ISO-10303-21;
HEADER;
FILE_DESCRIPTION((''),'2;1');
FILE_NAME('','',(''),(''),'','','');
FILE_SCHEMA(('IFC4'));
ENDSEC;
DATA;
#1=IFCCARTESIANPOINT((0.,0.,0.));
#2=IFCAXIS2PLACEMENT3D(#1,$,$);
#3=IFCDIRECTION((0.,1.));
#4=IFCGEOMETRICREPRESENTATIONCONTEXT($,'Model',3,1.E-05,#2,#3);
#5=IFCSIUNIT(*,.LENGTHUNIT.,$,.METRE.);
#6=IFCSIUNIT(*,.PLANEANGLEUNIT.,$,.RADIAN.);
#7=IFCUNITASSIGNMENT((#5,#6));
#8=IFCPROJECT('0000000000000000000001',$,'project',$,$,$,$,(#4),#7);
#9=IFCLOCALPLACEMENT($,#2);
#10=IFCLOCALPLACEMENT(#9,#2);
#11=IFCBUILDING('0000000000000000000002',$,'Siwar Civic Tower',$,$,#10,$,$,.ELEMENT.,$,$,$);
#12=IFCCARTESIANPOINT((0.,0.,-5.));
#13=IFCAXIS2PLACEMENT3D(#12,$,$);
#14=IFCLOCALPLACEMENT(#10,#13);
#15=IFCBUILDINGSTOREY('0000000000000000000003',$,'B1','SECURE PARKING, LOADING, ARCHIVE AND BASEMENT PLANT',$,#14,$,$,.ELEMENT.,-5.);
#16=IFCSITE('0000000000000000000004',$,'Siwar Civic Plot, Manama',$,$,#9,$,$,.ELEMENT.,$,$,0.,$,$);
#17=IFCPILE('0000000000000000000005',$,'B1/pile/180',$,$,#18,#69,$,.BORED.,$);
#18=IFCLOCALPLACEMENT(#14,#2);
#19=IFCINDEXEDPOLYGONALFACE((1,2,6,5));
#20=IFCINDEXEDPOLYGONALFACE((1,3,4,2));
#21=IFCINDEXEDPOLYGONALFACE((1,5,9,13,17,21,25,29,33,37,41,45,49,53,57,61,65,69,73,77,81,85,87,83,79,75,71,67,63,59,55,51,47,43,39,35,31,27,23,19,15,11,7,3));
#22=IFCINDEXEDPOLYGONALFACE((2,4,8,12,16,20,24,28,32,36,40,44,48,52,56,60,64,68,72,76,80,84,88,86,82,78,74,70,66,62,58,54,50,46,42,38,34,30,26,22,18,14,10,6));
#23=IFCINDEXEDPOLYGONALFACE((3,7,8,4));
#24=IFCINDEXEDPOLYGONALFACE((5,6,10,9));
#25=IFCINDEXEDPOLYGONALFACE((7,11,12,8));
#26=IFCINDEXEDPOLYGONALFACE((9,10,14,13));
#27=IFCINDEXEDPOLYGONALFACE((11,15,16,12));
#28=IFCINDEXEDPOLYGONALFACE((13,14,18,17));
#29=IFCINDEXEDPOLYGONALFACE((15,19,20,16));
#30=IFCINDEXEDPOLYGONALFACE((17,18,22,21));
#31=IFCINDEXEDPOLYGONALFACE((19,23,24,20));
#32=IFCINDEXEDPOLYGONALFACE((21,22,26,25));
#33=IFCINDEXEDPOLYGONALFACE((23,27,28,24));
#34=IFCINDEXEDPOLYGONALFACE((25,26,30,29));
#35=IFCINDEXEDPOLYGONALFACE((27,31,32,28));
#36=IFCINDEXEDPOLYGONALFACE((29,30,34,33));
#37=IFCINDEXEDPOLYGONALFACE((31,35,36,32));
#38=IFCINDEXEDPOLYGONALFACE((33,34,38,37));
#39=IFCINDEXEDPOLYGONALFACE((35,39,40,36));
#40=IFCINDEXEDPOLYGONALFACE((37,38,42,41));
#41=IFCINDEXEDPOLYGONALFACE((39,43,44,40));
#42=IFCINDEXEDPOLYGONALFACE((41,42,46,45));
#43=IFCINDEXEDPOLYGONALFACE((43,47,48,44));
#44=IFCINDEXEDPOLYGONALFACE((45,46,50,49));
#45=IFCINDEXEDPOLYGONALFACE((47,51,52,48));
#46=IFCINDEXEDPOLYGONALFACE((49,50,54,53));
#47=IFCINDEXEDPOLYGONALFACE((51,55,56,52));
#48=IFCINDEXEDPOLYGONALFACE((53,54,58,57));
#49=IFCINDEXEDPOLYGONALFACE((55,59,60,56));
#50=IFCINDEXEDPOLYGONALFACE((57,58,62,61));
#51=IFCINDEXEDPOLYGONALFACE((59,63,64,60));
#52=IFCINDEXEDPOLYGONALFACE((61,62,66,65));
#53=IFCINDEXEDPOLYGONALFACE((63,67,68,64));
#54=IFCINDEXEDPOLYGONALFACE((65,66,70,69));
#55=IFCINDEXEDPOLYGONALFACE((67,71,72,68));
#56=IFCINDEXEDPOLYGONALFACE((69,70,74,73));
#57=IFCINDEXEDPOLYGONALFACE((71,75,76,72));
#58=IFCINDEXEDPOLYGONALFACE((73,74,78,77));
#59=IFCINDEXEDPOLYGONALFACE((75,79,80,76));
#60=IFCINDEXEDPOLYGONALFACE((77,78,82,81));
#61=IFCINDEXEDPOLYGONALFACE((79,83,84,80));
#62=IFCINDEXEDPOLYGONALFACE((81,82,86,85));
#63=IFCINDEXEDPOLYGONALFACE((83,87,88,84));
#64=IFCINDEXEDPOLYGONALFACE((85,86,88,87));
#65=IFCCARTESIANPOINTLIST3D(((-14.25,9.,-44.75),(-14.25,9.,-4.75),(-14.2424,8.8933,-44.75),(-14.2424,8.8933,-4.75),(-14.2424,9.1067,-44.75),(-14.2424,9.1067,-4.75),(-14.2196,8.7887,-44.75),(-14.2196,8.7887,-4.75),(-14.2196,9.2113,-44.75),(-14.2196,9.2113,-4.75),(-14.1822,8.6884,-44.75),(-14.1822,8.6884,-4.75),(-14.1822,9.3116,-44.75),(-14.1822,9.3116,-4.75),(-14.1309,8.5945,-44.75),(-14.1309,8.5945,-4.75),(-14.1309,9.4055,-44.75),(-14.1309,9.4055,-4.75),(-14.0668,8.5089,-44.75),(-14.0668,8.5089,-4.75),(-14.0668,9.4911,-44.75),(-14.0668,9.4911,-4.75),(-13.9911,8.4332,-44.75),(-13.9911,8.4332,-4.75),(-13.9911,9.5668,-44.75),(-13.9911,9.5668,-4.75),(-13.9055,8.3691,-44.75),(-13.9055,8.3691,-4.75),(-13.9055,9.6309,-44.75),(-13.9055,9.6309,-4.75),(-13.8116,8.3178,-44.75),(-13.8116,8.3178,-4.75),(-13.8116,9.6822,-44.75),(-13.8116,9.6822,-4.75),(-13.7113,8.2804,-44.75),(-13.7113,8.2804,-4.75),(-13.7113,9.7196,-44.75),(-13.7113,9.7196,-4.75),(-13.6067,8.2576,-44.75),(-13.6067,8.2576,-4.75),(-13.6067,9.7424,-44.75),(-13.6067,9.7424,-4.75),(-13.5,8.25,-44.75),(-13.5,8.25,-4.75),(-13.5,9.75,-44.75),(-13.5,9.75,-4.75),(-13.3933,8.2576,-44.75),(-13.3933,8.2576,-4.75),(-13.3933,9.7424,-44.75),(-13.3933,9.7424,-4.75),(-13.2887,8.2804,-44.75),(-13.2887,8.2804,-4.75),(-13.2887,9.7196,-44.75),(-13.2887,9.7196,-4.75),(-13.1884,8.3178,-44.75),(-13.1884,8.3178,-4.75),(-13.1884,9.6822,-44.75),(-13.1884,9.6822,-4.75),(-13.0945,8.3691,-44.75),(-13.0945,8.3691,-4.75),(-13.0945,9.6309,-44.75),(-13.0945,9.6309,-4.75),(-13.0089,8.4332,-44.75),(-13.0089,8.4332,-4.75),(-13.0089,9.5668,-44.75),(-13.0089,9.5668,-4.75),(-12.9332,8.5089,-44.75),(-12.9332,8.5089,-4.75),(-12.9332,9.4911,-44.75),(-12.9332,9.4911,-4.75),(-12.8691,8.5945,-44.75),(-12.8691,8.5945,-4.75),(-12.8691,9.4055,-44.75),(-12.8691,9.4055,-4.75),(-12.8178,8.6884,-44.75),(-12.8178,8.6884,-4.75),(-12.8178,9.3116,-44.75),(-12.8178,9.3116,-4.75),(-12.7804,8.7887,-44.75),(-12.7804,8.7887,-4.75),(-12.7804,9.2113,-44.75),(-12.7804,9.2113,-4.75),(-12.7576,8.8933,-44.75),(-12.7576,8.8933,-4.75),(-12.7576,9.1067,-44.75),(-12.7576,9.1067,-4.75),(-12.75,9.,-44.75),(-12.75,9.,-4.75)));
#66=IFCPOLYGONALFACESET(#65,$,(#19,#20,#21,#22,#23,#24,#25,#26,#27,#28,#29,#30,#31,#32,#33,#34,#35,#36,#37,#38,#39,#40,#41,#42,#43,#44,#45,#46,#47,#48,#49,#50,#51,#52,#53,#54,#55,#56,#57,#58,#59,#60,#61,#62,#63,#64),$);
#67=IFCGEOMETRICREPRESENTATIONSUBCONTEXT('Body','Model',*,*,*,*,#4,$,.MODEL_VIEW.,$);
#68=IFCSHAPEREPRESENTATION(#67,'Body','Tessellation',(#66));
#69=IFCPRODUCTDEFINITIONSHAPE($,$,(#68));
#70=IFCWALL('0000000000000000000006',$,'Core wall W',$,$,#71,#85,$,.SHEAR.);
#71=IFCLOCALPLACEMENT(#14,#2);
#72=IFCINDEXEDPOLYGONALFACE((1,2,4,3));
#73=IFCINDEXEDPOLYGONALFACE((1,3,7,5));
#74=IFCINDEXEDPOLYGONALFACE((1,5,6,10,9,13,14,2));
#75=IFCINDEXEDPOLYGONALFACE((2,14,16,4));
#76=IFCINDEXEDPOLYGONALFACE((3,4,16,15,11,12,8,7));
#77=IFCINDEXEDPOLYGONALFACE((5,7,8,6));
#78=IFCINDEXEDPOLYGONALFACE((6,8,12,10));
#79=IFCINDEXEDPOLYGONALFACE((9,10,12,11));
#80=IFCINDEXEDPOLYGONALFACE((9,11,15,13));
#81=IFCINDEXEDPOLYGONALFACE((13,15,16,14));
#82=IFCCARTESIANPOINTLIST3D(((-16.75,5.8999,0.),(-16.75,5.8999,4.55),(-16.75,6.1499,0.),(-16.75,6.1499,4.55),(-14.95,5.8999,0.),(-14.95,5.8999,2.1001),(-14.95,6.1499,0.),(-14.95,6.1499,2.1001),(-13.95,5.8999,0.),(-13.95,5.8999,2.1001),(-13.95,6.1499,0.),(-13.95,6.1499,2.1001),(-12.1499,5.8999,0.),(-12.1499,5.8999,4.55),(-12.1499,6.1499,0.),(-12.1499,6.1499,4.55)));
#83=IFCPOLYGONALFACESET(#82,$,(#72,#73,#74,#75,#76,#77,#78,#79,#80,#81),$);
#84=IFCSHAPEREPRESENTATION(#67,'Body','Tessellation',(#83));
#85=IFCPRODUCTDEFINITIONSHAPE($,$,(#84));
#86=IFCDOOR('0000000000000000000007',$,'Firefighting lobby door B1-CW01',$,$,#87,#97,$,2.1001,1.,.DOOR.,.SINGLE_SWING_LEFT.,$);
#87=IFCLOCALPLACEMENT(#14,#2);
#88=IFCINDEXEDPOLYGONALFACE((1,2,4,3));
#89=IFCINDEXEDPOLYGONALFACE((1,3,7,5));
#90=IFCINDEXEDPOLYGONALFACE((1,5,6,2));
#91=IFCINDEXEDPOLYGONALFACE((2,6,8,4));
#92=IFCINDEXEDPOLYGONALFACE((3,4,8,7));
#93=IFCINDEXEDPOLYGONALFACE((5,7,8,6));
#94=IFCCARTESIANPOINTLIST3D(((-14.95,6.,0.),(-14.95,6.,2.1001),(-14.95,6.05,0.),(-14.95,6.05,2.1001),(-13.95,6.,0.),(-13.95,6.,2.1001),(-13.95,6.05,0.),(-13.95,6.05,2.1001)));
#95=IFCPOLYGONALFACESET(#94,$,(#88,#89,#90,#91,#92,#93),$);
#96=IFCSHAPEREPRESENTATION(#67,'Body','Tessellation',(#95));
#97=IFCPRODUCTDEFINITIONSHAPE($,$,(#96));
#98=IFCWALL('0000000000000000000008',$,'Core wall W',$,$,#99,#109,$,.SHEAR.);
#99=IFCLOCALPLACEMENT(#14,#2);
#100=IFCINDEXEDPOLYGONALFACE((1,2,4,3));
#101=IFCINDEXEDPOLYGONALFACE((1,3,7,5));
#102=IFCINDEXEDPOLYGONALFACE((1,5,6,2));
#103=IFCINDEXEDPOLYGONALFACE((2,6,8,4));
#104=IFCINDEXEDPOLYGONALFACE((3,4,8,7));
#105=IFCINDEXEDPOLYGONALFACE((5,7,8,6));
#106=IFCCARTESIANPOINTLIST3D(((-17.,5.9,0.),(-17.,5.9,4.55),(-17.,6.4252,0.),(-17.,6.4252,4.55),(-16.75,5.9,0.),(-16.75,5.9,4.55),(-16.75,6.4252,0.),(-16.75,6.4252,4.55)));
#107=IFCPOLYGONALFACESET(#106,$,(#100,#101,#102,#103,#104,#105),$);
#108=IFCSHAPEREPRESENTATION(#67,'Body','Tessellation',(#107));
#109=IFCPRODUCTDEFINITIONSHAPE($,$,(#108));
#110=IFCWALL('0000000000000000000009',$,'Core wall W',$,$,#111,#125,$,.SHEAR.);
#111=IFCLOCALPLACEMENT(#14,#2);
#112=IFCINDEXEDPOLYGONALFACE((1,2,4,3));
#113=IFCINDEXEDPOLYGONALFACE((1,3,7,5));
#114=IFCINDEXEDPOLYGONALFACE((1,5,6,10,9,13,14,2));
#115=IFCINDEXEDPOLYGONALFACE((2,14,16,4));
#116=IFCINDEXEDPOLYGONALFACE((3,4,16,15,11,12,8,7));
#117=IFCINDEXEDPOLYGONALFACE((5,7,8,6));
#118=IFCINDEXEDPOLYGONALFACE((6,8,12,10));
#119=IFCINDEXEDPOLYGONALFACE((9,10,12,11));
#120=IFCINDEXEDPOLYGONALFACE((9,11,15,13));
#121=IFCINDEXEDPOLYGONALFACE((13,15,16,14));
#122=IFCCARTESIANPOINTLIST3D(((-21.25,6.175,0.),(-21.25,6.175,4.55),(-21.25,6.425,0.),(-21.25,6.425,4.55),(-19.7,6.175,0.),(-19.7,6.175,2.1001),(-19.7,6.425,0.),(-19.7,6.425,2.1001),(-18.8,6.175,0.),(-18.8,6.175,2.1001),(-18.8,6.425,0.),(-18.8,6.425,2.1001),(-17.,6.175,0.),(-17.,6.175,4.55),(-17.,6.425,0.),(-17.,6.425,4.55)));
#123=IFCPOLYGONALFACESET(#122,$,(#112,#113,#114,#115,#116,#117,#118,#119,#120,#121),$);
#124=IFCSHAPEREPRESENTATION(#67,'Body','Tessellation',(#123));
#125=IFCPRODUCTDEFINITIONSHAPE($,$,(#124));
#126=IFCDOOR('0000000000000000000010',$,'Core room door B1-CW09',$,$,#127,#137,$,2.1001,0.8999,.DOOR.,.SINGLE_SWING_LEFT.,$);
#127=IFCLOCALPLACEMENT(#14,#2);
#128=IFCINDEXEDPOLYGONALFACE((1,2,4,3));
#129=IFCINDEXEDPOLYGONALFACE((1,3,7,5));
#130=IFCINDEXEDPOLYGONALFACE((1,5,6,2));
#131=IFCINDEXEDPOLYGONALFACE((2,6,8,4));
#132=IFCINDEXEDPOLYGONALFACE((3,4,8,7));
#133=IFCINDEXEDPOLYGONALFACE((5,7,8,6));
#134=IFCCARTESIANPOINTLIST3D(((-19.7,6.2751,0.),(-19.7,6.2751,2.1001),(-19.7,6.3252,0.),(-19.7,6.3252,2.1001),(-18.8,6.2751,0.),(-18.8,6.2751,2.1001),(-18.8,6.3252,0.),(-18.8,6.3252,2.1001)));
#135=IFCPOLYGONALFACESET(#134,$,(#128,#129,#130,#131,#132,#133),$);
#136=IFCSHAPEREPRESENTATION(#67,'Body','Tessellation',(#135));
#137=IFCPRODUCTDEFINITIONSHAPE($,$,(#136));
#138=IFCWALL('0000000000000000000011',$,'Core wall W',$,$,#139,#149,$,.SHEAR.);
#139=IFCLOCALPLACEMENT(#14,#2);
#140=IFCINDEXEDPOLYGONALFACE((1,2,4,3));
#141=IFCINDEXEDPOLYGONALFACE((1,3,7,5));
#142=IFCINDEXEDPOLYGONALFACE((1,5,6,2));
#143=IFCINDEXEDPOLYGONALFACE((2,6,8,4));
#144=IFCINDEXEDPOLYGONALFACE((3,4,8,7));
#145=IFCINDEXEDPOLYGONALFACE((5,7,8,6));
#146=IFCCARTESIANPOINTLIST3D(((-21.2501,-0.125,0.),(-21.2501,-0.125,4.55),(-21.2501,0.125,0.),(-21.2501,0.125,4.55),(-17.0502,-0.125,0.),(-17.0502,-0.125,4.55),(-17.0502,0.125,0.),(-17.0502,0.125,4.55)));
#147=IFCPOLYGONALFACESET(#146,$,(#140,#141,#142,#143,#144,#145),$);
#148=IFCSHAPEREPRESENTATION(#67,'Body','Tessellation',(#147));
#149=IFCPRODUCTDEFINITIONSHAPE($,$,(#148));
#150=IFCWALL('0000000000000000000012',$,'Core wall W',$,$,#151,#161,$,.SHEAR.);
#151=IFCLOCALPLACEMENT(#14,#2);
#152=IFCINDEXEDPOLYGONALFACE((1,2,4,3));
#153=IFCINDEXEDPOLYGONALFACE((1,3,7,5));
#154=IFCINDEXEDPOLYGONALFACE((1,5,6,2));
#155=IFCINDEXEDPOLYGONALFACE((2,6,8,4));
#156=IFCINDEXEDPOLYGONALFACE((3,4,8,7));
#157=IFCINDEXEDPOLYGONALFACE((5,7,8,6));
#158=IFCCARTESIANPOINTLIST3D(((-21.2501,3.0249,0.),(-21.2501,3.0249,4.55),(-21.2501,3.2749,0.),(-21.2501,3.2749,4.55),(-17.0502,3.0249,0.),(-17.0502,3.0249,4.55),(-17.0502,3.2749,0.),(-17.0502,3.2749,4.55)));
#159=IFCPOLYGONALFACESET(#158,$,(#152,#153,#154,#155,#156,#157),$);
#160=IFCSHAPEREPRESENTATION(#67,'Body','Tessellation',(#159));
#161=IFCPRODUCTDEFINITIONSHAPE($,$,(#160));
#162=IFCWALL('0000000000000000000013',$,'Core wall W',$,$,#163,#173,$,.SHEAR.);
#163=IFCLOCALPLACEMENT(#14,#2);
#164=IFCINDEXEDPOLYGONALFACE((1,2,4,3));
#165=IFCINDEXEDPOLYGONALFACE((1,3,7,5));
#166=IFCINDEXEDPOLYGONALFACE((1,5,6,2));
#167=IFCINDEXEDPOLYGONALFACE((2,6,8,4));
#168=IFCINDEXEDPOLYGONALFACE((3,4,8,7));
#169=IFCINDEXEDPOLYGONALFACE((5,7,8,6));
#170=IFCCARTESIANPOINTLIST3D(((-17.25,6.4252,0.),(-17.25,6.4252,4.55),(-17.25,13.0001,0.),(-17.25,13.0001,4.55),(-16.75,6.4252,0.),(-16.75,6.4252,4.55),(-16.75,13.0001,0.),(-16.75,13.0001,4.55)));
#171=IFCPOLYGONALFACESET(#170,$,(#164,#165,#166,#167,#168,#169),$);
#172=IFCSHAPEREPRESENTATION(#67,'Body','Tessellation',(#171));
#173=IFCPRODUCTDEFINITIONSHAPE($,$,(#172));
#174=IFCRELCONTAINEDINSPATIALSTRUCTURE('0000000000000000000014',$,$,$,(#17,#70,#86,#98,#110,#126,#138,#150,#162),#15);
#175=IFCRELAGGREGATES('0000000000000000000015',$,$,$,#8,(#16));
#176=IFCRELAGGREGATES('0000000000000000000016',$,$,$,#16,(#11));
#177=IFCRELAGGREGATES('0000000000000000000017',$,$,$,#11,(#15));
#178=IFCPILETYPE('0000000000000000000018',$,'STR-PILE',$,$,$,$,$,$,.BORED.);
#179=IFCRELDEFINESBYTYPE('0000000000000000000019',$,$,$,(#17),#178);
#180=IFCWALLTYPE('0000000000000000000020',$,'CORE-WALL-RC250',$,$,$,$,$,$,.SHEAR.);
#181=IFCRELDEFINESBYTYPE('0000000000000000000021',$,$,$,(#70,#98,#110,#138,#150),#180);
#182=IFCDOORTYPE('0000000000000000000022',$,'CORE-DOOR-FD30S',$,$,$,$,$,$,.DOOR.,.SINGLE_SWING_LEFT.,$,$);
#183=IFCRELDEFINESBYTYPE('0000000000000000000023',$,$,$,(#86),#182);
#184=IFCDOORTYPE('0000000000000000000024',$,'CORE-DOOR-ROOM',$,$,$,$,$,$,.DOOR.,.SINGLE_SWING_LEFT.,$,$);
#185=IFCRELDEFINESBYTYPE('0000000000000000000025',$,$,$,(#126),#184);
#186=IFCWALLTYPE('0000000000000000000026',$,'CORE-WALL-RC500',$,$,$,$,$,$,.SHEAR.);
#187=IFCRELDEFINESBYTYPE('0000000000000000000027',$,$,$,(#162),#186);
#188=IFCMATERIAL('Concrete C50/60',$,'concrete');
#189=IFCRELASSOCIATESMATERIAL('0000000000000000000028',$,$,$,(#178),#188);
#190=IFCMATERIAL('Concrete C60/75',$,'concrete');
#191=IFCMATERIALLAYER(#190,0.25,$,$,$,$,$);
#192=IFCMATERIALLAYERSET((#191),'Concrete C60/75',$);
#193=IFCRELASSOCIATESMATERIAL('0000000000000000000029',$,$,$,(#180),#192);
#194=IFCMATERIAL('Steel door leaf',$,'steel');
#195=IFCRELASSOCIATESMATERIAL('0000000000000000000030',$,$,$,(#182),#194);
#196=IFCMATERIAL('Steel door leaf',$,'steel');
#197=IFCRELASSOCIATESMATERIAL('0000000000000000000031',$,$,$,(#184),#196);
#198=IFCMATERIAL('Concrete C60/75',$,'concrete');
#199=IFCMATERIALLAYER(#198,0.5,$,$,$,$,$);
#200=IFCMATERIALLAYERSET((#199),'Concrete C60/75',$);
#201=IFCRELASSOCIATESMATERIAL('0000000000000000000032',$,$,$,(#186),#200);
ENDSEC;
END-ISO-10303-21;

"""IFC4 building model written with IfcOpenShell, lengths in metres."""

from ifc_helpers import new_model, si_unit, direction, frame, frame_2d, origin, origin_2d, place, context, subcontext, project, spatial, rectangle, circle, extrude, material, layer, layer_set, material_profile, profile_set, type_object, element, fill, save


model = new_model("IFC4")

# Units and contexts
model_context = context("Model", 3, precision=1e-05, world=origin(), true_north=direction((0.0, 1.0)))
body_context = subcontext(model_context, "Body", "Model", "MODEL_VIEW")
ifc_project = project(units=[si_unit("LENGTHUNIT", "METRE"), si_unit("PLANEANGLEUNIT", "RADIAN")], contexts=[model_context])

# Site, building, storey
site_placement = place(None, origin())
site = spatial("IfcSite", under=ifc_project, at=site_placement, Name="Siwar Civic Plot, Manama", CompositionType="ELEMENT", RefElevation=0.0)
building_placement = place(site_placement, origin())
building = spatial("IfcBuilding", under=site, at=building_placement, Name="Siwar Civic Tower", CompositionType="ELEMENT")
storey_placement = place(building_placement, frame((0.0, 0.0, -5.0)))
storey = spatial("IfcBuildingStorey", under=building, at=storey_placement, Name="B1", Description="SECURE PARKING, LOADING, ARCHIVE AND BASEMENT PLANT", CompositionType="ELEMENT", Elevation=-5.0)

# Pile
ifc_material_1 = material(Name="Concrete C50/60", Category="concrete")
ifc_material_profile = material_profile(ifc_material_1, circle(Radius=0.75, at=origin_2d()), Name="PILE1500")
ifc_profile_set = profile_set([ifc_material_profile], Name="Concrete C50/60")
pile_type = type_object("IfcPileType", Name="STR-PILE", PredefinedType="BORED", material=ifc_profile_set)
for number, where, z_axis, x_axis, name in (
    (1, (-13.5, 9.0, -4.75), (0.0, 0.0, -1.0), (1.0, 0.0, 0.0), "B1/pile/180"),
):
    element("IfcPile", number, at=place(storey_placement, frame(where, z_axis=z_axis, x_axis=x_axis)), inside=storey, type_object=pile_type, Name=name, PredefinedType="BORED", context=body_context, shape_type="SweptSolid", body=[
        extrude(circle(Radius=0.75, at=origin_2d()), origin(), (0.0, 0.0, 1.0), 40.0),
    ])

# Wall, opening, door
ifc_material_2 = material(Name="Concrete C60/75", Category="concrete")
ifc_layer_1 = layer(ifc_material_2, 0.25)
ifc_layer_set_1 = layer_set([ifc_layer_1], Name="Concrete C60/75")
wall_type_1 = type_object("IfcWallType", Name="CORE-WALL-RC250", PredefinedType="SHEAR", material=ifc_layer_set_1)
wall_1_placement = place(storey_placement, frame((-12.1499, 6.0249, 0.0), z_axis=(0.0, 0.0, 1.0), x_axis=(-1.0, 0.0, 0.0)))
wall_1 = element("IfcWall", 2, at=wall_1_placement, inside=storey, type_object=wall_type_1, Name="Core wall W", PredefinedType="SHEAR", context=body_context, shape_type="SweptSolid", body=[
    extrude(rectangle(XDim=4.6001, YDim=0.25, at=frame_2d((2.3, 0.0))), origin(), (0.0, 0.0, 1.0), 4.55),
])
opening_1_placement = place(wall_1_placement, frame((1.8, 0.0, 0.0)))
opening_1 = element("IfcOpeningElement", 3, at=opening_1_placement, cuts=wall_1, PredefinedType="OPENING", context=body_context, shape_type="SweptSolid", body=[
    extrude(rectangle(XDim=1.0, YDim=2.1001, at=frame_2d((0.5, 1.05))), frame((0.0, 0.135, 0.0), z_axis=(0.0, -1.0, 0.0), x_axis=(1.0, 0.0, 0.0)), (0.0, 0.0, 1.0), 0.27),
])
ifc_material_3 = material(Name="Steel door leaf", Category="steel")
door_type_1 = type_object("IfcDoorType", Name="CORE-DOOR-FD30S", OperationType="SINGLE_SWING_LEFT", PredefinedType="DOOR", material=ifc_material_3)
door_1_placement = place(opening_1_placement, origin())
door_1 = element("IfcDoor", 4, at=door_1_placement, inside=storey, type_object=door_type_1, Name="Firefighting lobby door B1-CW01", OperationType="SINGLE_SWING_LEFT", OverallHeight=2.1001, OverallWidth=1.0, PredefinedType="DOOR", context=body_context, shape_type="SweptSolid", body=[
    extrude(rectangle(XDim=1.0, YDim=2.1001, at=frame_2d((0.5, 1.05))), frame((0.0, 0.0249, 0.0), z_axis=(0.0, -1.0, 0.0), x_axis=(1.0, 0.0, 0.0)), (0.0, 0.0, 1.0), 0.05),
])
fill(opening_1, door_1)

# Wall
wall_2_placement = place(storey_placement, frame((-16.875, 5.8999, 0.0), z_axis=(0.0, 0.0, 1.0), x_axis=(0.0, 1.0, 0.0)))
element("IfcWall", 5, at=wall_2_placement, inside=storey, type_object=wall_type_1, Name="Core wall W", PredefinedType="SHEAR", context=body_context, shape_type="SweptSolid", body=[
    extrude(rectangle(XDim=0.5251, YDim=0.25, at=frame_2d((0.2627, 0.0))), origin(), (0.0, 0.0, 1.0), 4.55),
])

# Wall, opening, door
wall_3_placement = place(storey_placement, frame((-17.0, 6.3, 0.0), z_axis=(0.0, 0.0, 1.0), x_axis=(-1.0, 0.0, 0.0)))
wall_3 = element("IfcWall", 6, at=wall_3_placement, inside=storey, type_object=wall_type_1, Name="Core wall W", PredefinedType="SHEAR", context=body_context, shape_type="SweptSolid", body=[
    extrude(rectangle(XDim=4.25, YDim=0.25, at=frame_2d((2.125, 0.0))), origin(), (0.0, 0.0, 1.0), 4.55),
])
opening_2_placement = place(wall_3_placement, frame((1.8, 0.0, 0.0)))
opening_2 = element("IfcOpeningElement", 7, at=opening_2_placement, cuts=wall_3, PredefinedType="OPENING", context=body_context, shape_type="SweptSolid", body=[
    extrude(rectangle(XDim=0.8999, YDim=2.1001, at=frame_2d((0.45, 1.05))), frame((0.0, 0.135, 0.0), z_axis=(0.0, -1.0, 0.0), x_axis=(1.0, 0.0, 0.0)), (0.0, 0.0, 1.0), 0.27),
])
ifc_material_4 = material(Name="Steel door leaf", Category="steel")
door_type_2 = type_object("IfcDoorType", Name="CORE-DOOR-ROOM", OperationType="SINGLE_SWING_LEFT", PredefinedType="DOOR", material=ifc_material_4)
door_2_placement = place(opening_2_placement, origin())
door_2 = element("IfcDoor", 8, at=door_2_placement, inside=storey, type_object=door_type_2, Name="Core room door B1-CW09", OperationType="SINGLE_SWING_LEFT", OverallHeight=2.1001, OverallWidth=0.8999, PredefinedType="DOOR", context=body_context, shape_type="SweptSolid", body=[
    extrude(rectangle(XDim=0.8999, YDim=2.1001, at=frame_2d((0.45, 1.05))), frame((0.0, 0.0249, 0.0), z_axis=(0.0, -1.0, 0.0), x_axis=(1.0, 0.0, 0.0)), (0.0, 0.0, 1.0), 0.05),
])
fill(opening_2, door_2)

# Walls
for number, where, z_axis, x_axis, name in (
    (9, (-17.05, 0.0, 0.0), (0.0, 0.0, 1.0), (-1.0, 0.0, 0.0), "Core wall W"),
    (10, (-17.05, 3.1499, 0.0), (0.0, 0.0, 1.0), (-1.0, 0.0, 0.0), "Core wall W"),
):
    element("IfcWall", number, at=place(storey_placement, frame(where, z_axis=z_axis, x_axis=x_axis)), inside=storey, type_object=wall_type_1, Name=name, PredefinedType="SHEAR", context=body_context, shape_type="SweptSolid", body=[
        extrude(rectangle(XDim=4.2, YDim=0.25, at=frame_2d((2.1001, 0.0))), origin(), (0.0, 0.0, 1.0), 4.55),
    ])
ifc_material_5 = material(Name="Concrete C60/75", Category="concrete")
ifc_layer_2 = layer(ifc_material_5, 0.5)
ifc_layer_set_2 = layer_set([ifc_layer_2], Name="Concrete C60/75")
wall_type_2 = type_object("IfcWallType", Name="CORE-WALL-RC500", PredefinedType="SHEAR", material=ifc_layer_set_2)
wall_4_placement = place(storey_placement, frame((-17.0, 6.425, 0.0), z_axis=(0.0, 0.0, 1.0), x_axis=(0.0, 1.0, 0.0)))
element("IfcWall", 11, at=wall_4_placement, inside=storey, type_object=wall_type_2, Name="Core wall W", PredefinedType="SHEAR", context=body_context, shape_type="SweptSolid", body=[
    extrude(rectangle(XDim=6.575, YDim=0.5, at=frame_2d((3.2876, 0.0))), origin(), (0.0, 0.0, 1.0), 4.55),
])

save(model, "model.ifc")
